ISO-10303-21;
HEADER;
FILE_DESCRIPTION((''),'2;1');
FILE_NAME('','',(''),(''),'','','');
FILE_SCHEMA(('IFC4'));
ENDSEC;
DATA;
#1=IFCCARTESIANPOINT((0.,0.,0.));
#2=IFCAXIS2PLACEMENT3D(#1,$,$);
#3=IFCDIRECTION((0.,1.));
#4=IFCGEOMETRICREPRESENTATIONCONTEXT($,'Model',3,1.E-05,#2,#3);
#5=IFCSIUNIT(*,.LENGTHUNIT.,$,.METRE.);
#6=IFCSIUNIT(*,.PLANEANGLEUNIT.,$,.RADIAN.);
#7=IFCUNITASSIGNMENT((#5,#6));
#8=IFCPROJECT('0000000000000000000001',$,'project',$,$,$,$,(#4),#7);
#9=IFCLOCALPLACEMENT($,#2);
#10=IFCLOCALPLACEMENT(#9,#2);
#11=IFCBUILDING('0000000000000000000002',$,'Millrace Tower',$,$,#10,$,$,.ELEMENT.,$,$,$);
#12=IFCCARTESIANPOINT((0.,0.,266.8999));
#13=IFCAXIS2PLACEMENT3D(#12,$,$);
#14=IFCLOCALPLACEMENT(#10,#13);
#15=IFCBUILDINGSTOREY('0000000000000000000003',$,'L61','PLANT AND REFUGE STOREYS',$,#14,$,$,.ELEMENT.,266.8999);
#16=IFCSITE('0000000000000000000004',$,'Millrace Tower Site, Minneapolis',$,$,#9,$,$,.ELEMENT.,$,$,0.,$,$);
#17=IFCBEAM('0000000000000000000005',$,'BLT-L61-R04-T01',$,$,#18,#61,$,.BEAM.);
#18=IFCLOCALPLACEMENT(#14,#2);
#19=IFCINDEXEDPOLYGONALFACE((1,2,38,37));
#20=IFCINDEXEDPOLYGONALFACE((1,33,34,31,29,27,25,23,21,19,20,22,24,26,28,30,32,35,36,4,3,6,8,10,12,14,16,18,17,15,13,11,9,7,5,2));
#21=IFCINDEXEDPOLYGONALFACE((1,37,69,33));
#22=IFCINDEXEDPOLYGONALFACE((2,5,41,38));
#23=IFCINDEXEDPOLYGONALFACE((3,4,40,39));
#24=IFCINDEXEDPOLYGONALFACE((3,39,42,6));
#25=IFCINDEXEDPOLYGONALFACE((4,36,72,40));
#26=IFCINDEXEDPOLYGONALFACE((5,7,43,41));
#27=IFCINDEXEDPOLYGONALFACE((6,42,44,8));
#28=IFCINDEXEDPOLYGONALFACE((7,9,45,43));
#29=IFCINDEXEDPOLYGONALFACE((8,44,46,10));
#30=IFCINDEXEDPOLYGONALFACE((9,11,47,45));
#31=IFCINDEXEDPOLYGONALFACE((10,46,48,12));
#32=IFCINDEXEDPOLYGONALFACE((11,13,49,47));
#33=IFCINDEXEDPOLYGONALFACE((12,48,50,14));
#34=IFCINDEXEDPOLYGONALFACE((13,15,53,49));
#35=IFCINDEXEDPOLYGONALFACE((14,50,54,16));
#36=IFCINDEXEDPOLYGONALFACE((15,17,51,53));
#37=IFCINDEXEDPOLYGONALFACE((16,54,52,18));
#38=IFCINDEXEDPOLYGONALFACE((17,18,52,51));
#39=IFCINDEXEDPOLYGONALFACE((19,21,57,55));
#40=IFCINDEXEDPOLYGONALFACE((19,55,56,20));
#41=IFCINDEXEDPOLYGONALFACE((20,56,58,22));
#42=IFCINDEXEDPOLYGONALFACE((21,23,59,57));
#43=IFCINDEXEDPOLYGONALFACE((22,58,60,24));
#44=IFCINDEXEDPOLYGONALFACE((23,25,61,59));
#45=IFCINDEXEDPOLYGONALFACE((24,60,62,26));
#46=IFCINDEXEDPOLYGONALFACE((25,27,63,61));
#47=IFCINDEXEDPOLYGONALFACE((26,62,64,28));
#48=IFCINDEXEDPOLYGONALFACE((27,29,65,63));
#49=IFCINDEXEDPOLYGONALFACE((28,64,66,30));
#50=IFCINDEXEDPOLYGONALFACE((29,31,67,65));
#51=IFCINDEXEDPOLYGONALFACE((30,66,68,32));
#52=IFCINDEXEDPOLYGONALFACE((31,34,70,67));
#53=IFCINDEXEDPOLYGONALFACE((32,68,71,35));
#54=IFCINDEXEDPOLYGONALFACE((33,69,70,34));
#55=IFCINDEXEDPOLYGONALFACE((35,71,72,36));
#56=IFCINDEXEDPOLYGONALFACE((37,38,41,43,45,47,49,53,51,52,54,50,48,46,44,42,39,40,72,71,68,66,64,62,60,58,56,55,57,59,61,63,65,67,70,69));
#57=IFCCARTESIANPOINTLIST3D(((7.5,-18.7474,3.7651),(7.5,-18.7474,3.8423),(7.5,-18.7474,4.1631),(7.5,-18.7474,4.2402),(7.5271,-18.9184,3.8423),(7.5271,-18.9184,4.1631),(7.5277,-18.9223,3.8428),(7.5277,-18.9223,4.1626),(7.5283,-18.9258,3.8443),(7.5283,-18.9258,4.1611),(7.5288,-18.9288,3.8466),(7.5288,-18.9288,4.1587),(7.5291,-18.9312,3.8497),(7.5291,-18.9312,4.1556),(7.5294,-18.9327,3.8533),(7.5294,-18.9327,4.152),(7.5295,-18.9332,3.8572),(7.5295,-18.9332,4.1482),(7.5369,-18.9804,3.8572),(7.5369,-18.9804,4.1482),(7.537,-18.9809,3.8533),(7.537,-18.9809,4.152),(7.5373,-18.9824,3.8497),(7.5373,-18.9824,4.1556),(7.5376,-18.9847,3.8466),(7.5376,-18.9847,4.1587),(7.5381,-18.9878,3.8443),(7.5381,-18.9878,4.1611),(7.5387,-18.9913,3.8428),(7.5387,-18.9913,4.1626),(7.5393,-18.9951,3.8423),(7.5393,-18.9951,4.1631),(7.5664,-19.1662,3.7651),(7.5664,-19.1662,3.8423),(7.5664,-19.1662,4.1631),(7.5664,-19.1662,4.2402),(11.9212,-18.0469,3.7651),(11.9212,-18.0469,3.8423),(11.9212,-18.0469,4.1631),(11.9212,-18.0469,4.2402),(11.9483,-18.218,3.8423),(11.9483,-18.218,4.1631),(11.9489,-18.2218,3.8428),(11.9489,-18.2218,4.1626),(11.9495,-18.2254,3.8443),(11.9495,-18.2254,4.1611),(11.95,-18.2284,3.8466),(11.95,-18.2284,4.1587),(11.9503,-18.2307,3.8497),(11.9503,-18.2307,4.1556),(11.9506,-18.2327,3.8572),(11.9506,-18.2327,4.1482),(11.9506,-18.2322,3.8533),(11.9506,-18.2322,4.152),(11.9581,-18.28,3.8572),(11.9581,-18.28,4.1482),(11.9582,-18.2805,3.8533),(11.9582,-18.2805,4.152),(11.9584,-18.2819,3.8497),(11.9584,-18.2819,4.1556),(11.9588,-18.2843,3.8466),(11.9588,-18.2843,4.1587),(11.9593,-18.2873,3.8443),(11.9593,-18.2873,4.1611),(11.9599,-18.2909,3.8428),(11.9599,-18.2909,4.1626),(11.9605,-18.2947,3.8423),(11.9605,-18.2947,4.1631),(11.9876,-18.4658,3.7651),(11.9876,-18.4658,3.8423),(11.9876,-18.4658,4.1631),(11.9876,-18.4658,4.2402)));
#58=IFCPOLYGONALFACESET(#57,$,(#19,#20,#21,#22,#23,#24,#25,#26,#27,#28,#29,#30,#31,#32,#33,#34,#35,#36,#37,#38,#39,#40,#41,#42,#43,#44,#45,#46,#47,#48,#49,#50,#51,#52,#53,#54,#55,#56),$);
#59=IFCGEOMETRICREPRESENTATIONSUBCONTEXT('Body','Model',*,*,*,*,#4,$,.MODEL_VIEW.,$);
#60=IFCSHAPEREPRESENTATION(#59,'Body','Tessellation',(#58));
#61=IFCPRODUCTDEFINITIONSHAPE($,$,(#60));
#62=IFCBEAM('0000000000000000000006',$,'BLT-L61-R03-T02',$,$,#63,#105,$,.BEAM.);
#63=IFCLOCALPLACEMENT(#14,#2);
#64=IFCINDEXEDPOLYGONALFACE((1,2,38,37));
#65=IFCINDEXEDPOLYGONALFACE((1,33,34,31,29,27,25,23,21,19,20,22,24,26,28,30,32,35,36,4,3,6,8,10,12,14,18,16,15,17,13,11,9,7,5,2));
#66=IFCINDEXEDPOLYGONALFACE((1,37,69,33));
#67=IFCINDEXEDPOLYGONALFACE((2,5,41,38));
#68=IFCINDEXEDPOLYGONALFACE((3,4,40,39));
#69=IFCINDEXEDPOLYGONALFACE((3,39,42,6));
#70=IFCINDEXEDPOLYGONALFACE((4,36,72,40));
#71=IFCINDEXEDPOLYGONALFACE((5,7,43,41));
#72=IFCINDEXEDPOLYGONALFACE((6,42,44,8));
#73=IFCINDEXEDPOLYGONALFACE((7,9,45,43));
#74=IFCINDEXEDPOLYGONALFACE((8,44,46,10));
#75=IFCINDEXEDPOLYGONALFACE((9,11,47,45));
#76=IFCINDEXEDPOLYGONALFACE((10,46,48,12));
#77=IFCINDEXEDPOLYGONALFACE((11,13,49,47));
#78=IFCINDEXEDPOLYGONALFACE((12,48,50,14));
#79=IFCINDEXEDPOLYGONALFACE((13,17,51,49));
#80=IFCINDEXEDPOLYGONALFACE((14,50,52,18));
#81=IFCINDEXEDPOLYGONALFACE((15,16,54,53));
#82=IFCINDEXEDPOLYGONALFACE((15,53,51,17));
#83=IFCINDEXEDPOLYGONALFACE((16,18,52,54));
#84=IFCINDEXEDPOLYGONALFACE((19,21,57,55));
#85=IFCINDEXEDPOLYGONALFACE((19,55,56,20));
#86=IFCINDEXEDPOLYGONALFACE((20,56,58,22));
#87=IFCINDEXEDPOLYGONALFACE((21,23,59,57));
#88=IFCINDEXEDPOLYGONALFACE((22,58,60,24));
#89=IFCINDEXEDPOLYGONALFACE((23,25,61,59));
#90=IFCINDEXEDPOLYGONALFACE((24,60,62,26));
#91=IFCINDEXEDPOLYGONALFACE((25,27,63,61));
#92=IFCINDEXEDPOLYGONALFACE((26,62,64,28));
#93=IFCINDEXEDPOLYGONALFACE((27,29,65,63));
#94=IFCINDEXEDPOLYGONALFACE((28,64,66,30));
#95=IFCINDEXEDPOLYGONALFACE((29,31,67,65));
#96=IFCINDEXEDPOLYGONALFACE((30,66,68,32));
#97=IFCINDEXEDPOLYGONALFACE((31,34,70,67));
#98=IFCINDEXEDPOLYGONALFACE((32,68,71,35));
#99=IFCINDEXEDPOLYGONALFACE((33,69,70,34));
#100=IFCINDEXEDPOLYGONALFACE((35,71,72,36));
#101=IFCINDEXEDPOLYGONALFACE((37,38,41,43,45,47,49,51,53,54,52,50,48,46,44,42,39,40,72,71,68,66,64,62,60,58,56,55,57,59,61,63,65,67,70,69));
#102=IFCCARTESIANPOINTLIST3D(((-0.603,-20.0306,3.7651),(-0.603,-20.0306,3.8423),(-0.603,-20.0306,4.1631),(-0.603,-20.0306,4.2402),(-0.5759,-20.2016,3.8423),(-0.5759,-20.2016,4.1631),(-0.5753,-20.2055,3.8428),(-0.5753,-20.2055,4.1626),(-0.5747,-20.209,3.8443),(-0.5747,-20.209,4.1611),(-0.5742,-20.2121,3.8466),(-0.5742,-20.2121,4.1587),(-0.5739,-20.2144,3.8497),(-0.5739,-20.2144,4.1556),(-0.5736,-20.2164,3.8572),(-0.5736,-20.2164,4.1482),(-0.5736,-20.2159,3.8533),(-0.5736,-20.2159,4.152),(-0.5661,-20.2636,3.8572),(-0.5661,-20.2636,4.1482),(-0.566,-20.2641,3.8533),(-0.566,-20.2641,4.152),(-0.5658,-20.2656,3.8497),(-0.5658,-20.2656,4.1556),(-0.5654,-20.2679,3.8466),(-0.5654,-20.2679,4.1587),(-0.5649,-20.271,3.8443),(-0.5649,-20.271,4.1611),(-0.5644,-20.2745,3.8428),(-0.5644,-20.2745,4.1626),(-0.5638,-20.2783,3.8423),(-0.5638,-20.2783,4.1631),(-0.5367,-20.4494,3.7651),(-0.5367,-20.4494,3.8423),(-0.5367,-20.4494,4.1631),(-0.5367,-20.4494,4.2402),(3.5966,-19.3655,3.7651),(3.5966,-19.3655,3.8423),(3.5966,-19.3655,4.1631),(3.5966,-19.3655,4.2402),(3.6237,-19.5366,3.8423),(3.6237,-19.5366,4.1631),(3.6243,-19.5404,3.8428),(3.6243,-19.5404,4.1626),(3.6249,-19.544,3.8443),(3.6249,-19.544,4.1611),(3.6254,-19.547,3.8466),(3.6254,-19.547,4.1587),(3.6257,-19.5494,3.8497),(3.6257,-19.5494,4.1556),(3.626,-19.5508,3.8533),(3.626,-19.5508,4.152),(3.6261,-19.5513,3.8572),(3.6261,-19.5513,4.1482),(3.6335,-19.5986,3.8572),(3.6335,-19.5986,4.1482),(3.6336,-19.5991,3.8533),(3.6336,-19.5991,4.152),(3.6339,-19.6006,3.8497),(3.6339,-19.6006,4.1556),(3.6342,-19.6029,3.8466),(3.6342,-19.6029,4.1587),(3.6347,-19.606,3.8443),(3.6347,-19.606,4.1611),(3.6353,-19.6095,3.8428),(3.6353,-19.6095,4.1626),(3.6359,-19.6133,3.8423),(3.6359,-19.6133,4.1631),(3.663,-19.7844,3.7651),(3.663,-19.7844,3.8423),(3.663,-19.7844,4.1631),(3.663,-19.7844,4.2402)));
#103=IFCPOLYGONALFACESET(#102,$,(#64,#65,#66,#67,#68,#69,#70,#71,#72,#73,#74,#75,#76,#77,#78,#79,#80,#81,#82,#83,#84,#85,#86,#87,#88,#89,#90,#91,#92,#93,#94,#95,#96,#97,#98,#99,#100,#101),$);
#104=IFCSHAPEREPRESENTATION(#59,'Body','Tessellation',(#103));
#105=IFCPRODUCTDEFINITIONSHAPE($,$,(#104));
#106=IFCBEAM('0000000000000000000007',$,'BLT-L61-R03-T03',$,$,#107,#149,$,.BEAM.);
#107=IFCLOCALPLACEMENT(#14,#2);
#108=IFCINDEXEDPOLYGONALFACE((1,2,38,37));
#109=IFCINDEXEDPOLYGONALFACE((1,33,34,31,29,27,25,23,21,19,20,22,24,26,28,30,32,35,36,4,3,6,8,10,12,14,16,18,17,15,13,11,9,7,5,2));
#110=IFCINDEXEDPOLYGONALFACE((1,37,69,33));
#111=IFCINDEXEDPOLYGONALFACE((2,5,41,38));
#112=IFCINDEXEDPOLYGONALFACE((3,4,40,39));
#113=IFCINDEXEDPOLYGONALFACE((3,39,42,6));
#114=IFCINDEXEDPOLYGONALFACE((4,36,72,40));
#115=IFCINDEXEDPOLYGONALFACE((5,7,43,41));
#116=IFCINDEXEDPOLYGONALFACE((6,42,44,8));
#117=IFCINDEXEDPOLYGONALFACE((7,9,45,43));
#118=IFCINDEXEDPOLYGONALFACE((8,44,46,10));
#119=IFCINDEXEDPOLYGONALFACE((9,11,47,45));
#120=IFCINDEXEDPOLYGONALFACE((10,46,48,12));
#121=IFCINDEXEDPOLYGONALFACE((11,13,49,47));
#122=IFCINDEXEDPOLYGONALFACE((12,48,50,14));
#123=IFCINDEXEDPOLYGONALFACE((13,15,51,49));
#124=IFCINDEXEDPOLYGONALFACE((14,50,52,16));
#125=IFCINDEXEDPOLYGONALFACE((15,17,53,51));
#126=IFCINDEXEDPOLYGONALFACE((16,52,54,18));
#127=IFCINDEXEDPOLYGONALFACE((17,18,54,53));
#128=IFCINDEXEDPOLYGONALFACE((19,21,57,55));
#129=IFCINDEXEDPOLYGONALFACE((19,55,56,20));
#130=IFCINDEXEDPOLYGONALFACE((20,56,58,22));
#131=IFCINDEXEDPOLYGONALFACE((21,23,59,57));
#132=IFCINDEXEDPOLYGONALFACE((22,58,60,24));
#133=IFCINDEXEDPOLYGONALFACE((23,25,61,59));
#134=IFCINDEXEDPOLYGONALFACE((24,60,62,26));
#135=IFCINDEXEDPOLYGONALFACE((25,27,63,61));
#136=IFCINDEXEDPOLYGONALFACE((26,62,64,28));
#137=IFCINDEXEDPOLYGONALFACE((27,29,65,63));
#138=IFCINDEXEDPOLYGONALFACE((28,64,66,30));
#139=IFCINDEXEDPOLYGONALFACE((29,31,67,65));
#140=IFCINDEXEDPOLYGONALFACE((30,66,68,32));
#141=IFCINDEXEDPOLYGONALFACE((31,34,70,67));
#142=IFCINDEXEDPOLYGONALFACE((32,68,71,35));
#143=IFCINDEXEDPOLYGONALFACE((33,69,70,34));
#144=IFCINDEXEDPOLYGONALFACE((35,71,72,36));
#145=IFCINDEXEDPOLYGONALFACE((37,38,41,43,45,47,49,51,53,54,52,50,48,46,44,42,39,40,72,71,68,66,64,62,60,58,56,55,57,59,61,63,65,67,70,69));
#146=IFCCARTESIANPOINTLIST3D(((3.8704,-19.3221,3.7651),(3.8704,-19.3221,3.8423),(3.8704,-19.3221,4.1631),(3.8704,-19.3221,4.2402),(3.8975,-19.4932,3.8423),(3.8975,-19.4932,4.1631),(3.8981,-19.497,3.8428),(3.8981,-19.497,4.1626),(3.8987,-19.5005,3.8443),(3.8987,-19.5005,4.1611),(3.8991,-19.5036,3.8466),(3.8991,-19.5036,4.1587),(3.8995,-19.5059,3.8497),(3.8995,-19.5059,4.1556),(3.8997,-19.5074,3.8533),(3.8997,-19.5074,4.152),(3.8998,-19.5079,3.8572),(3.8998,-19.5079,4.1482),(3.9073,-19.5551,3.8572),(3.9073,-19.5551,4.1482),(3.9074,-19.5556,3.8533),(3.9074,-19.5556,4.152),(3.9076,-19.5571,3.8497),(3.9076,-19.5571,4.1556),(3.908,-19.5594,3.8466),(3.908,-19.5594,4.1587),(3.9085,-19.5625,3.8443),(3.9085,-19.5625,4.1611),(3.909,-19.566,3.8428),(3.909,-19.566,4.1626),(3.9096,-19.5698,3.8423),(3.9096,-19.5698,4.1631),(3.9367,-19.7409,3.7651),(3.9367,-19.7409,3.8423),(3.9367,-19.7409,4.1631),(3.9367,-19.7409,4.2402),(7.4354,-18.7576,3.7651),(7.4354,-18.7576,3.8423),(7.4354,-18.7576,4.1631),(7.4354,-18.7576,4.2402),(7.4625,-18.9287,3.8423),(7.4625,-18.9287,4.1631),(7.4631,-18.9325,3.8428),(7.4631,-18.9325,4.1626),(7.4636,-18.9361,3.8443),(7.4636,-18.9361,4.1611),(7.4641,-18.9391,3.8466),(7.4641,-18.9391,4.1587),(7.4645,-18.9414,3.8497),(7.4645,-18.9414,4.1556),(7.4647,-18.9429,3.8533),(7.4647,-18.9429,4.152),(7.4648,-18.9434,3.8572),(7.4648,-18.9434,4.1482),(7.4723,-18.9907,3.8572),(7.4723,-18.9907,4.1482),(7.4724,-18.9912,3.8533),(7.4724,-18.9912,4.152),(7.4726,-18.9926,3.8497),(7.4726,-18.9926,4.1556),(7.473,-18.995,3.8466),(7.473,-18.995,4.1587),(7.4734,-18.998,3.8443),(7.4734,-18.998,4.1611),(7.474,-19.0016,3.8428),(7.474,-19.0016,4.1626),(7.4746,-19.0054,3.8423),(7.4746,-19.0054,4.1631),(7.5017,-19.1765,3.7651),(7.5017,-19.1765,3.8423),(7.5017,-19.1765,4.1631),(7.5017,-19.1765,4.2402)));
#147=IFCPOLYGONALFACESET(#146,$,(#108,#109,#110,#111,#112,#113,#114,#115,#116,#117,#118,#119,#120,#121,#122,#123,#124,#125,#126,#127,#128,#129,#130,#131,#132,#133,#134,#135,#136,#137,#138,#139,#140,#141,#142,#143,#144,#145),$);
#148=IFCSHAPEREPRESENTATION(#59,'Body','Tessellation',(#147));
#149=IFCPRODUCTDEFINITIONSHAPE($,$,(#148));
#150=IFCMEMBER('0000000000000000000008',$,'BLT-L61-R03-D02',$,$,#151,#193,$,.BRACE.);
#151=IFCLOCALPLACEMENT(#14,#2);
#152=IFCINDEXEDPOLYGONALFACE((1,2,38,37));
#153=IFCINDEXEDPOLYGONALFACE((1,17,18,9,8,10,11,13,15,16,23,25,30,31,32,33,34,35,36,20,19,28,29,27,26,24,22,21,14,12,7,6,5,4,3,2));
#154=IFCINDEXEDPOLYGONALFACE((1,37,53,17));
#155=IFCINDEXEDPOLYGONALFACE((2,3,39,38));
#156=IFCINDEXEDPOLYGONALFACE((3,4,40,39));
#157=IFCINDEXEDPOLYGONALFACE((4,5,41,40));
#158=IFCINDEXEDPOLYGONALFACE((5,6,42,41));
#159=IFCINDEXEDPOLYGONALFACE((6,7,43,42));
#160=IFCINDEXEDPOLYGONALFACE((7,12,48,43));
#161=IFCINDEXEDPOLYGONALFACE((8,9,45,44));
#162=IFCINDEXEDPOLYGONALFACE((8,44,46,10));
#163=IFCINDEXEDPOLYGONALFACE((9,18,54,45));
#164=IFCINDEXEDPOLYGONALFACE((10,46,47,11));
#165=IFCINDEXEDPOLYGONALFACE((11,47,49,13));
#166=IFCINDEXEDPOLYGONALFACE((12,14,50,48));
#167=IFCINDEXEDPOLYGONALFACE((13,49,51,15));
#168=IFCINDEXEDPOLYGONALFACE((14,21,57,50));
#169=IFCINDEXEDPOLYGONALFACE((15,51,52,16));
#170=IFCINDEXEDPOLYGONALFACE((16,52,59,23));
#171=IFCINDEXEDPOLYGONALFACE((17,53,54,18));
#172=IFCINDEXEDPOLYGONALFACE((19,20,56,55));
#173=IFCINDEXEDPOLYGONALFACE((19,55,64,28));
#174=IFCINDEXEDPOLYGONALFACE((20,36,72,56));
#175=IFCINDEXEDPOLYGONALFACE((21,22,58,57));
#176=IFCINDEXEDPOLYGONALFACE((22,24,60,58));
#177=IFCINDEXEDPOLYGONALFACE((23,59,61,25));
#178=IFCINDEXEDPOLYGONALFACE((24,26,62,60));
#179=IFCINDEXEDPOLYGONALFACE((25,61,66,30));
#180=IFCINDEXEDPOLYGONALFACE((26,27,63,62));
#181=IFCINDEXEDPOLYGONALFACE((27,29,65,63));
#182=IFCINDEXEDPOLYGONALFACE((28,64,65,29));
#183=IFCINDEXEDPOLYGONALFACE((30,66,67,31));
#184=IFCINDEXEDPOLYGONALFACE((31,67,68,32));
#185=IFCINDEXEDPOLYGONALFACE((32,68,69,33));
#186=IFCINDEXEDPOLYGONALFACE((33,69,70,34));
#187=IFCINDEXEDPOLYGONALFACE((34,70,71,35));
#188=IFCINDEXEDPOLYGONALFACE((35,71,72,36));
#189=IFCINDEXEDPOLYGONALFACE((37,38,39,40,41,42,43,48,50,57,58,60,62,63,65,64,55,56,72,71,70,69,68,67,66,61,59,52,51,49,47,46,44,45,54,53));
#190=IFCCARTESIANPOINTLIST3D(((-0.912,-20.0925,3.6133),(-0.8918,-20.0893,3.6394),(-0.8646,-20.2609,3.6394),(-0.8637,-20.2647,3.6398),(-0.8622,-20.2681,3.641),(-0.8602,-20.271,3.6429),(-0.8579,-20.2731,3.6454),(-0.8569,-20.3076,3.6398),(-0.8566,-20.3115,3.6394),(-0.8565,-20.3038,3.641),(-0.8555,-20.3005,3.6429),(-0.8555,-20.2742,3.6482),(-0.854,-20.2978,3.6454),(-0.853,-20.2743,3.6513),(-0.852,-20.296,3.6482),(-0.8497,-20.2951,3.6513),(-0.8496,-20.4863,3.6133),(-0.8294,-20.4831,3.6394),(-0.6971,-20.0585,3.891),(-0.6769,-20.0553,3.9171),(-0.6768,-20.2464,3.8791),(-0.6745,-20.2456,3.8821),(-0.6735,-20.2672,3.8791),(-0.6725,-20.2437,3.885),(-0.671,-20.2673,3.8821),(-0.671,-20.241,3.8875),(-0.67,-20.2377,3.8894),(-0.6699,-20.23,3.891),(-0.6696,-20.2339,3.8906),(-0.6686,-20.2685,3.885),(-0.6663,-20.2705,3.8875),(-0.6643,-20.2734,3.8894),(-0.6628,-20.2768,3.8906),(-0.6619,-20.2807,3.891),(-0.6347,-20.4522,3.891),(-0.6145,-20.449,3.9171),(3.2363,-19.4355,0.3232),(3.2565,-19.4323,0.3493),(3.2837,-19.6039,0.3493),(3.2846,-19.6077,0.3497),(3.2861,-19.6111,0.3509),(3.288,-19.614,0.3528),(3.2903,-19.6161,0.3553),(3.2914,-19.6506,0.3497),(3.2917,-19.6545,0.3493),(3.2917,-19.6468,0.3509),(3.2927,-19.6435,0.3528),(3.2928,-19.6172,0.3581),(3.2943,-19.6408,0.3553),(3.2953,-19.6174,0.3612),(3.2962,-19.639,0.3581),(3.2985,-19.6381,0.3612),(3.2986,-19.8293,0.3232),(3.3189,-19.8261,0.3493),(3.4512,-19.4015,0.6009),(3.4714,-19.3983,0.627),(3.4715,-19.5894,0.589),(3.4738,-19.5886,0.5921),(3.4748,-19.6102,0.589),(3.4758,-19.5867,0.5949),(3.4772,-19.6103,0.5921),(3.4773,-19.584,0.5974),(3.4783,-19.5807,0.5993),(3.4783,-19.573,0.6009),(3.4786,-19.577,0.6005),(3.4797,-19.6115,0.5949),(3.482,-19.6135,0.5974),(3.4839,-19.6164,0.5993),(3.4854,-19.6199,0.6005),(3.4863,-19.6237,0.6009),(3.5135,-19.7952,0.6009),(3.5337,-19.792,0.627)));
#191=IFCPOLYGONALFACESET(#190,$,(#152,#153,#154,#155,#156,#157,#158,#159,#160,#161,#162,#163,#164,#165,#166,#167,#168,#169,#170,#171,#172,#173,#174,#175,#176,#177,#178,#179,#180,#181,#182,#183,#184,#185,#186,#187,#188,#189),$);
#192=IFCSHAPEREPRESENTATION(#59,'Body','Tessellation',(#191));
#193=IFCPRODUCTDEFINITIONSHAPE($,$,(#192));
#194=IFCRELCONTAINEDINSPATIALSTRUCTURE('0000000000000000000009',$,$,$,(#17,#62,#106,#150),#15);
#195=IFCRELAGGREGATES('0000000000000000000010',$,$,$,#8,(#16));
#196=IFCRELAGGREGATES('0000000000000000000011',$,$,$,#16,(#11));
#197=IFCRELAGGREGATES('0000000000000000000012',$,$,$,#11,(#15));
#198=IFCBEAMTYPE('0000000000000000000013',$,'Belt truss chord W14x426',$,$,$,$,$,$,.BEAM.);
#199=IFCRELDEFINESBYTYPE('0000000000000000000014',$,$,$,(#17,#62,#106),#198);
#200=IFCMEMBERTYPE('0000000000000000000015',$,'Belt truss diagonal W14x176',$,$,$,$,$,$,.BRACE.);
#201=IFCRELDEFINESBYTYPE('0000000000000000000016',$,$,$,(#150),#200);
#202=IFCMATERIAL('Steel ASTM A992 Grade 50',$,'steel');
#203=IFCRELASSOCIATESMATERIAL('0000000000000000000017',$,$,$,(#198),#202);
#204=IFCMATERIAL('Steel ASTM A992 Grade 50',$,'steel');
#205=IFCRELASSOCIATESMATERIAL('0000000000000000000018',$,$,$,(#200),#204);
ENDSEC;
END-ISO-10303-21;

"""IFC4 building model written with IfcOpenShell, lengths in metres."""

from ifc_helpers import new_model, si_unit, direction, frame, origin, origin_2d, place, context, subcontext, project, spatial, i_section, extrude, material, material_profile, profile_set, type_object, element, save


model = new_model("IFC4")

# Units and contexts
model_context = context("Model", 3, precision=1e-05, world=origin(), true_north=direction((0.0, 1.0)))
body_context = subcontext(model_context, "Body", "Model", "MODEL_VIEW")
ifc_project = project(units=[si_unit("LENGTHUNIT", "METRE"), si_unit("PLANEANGLEUNIT", "RADIAN")], contexts=[model_context])

# Site, building, storey
site_placement = place(None, origin())
site = spatial("IfcSite", under=ifc_project, at=site_placement, Name="Millrace Tower Site, Minneapolis", CompositionType="ELEMENT", RefElevation=0.0)
building_placement = place(site_placement, origin())
building = spatial("IfcBuilding", under=site, at=building_placement, Name="Millrace Tower", CompositionType="ELEMENT")
storey_placement = place(building_placement, frame((0.0, 0.0, 266.8999)))
storey = spatial("IfcBuildingStorey", under=building, at=storey_placement, Name="L61", Description="PLANT AND REFUGE STOREYS", CompositionType="ELEMENT", Elevation=266.8999)

# Beams
ifc_material_1 = material(Name="Steel ASTM A992 Grade 50", Category="steel")
ifc_material_profile_1 = material_profile(ifc_material_1, i_section(OverallWidth=0.4241, OverallDepth=0.4751, WebThickness=0.0479, FlangeThickness=0.0771, FilletRadius=0.0149, at=origin_2d()))
ifc_profile_set_1 = profile_set([ifc_material_profile_1], Name="Steel ASTM A992 Grade 50")
beam_type_1 = type_object("IfcBeamType", Name="Belt truss chord W14x426", PredefinedType="BEAM", material=ifc_profile_set_1)
for number, where, z_axis, x_axis, name in (
    (1, (7.5332, -18.9568, 4.0027), (0.987681, 0.156478, 0.0), (-0.156478, 0.987681, 0.0), "BLT-L61-R04-T01"),
):
    element("IfcBeam", number, at=place(storey_placement, frame(where, z_axis=z_axis, x_axis=x_axis)), inside=storey, type_object=beam_type_1, Name=name, PredefinedType="BEAM", context=body_context, shape_type="SweptSolid", body=[
        extrude(i_section(OverallWidth=0.4241, OverallDepth=0.4751, WebThickness=0.0479, FlangeThickness=0.0771, FilletRadius=0.0149, at=origin_2d()), origin(), (0.0, 0.0, 1.0), 4.4763),
    ])
beam_1_placement = place(storey_placement, frame((-0.5698, -20.24, 4.0027), z_axis=(0.987693, 0.156405, 0.0), x_axis=(-0.156405, 0.987693, 0.0)))
element("IfcBeam", 2, at=beam_1_placement, inside=storey, type_object=beam_type_1, Name="BLT-L61-R03-T02", PredefinedType="BEAM", context=body_context, shape_type="SweptSolid", body=[
    extrude(i_section(OverallWidth=0.4241, OverallDepth=0.4751, WebThickness=0.0479, FlangeThickness=0.0771, FilletRadius=0.0149, at=origin_2d()), origin(), (0.0, 0.0, 1.0), 4.252),
])
beam_2_placement = place(storey_placement, frame((3.9036, -19.5315, 4.0027), z_axis=(0.987696, 0.156386, 0.0), x_axis=(-0.156386, 0.987696, 0.0)))
element("IfcBeam", 3, at=beam_2_placement, inside=storey, type_object=beam_type_1, Name="BLT-L61-R03-T03", PredefinedType="BEAM", context=body_context, shape_type="SweptSolid", body=[
    extrude(i_section(OverallWidth=0.4241, OverallDepth=0.4751, WebThickness=0.0479, FlangeThickness=0.0771, FilletRadius=0.0149, at=origin_2d()), origin(), (0.0, 0.0, 1.0), 3.6094),
])

# Member
ifc_material_2 = material(Name="Steel ASTM A992 Grade 50", Category="steel")
ifc_material_profile_2 = material_profile(ifc_material_2, i_section(OverallWidth=0.3987, OverallDepth=0.386, WebThickness=0.021, FlangeThickness=0.0332, FilletRadius=0.0151, at=origin_2d()))
ifc_profile_set_2 = profile_set([ifc_material_profile_2], Name="Steel ASTM A992 Grade 50")
member_type_1 = type_object("IfcMemberType", Name="Belt truss diagonal W14x176", PredefinedType="BRACE", material=ifc_profile_set_2)
member_1_placement = place(storey_placement, frame((3.385, -19.6138, 0.4751), z_axis=(-0.777526, -0.123143, 0.616676), x_axis=(0.156428, -0.987689, 0.0)))
element("IfcMember", 4, at=member_1_placement, inside=storey, type_object=member_type_1, Name="BLT-L61-R03-D02", PredefinedType="BRACE", context=body_context, shape_type="SweptSolid", body=[
    extrude(i_section(OverallWidth=0.3987, OverallDepth=0.386, WebThickness=0.021, FlangeThickness=0.0332, FilletRadius=0.0151, at=origin_2d()), origin(), (0.0, 0.0, 1.0), 5.3352),
])

save(model, "model.ifc")
